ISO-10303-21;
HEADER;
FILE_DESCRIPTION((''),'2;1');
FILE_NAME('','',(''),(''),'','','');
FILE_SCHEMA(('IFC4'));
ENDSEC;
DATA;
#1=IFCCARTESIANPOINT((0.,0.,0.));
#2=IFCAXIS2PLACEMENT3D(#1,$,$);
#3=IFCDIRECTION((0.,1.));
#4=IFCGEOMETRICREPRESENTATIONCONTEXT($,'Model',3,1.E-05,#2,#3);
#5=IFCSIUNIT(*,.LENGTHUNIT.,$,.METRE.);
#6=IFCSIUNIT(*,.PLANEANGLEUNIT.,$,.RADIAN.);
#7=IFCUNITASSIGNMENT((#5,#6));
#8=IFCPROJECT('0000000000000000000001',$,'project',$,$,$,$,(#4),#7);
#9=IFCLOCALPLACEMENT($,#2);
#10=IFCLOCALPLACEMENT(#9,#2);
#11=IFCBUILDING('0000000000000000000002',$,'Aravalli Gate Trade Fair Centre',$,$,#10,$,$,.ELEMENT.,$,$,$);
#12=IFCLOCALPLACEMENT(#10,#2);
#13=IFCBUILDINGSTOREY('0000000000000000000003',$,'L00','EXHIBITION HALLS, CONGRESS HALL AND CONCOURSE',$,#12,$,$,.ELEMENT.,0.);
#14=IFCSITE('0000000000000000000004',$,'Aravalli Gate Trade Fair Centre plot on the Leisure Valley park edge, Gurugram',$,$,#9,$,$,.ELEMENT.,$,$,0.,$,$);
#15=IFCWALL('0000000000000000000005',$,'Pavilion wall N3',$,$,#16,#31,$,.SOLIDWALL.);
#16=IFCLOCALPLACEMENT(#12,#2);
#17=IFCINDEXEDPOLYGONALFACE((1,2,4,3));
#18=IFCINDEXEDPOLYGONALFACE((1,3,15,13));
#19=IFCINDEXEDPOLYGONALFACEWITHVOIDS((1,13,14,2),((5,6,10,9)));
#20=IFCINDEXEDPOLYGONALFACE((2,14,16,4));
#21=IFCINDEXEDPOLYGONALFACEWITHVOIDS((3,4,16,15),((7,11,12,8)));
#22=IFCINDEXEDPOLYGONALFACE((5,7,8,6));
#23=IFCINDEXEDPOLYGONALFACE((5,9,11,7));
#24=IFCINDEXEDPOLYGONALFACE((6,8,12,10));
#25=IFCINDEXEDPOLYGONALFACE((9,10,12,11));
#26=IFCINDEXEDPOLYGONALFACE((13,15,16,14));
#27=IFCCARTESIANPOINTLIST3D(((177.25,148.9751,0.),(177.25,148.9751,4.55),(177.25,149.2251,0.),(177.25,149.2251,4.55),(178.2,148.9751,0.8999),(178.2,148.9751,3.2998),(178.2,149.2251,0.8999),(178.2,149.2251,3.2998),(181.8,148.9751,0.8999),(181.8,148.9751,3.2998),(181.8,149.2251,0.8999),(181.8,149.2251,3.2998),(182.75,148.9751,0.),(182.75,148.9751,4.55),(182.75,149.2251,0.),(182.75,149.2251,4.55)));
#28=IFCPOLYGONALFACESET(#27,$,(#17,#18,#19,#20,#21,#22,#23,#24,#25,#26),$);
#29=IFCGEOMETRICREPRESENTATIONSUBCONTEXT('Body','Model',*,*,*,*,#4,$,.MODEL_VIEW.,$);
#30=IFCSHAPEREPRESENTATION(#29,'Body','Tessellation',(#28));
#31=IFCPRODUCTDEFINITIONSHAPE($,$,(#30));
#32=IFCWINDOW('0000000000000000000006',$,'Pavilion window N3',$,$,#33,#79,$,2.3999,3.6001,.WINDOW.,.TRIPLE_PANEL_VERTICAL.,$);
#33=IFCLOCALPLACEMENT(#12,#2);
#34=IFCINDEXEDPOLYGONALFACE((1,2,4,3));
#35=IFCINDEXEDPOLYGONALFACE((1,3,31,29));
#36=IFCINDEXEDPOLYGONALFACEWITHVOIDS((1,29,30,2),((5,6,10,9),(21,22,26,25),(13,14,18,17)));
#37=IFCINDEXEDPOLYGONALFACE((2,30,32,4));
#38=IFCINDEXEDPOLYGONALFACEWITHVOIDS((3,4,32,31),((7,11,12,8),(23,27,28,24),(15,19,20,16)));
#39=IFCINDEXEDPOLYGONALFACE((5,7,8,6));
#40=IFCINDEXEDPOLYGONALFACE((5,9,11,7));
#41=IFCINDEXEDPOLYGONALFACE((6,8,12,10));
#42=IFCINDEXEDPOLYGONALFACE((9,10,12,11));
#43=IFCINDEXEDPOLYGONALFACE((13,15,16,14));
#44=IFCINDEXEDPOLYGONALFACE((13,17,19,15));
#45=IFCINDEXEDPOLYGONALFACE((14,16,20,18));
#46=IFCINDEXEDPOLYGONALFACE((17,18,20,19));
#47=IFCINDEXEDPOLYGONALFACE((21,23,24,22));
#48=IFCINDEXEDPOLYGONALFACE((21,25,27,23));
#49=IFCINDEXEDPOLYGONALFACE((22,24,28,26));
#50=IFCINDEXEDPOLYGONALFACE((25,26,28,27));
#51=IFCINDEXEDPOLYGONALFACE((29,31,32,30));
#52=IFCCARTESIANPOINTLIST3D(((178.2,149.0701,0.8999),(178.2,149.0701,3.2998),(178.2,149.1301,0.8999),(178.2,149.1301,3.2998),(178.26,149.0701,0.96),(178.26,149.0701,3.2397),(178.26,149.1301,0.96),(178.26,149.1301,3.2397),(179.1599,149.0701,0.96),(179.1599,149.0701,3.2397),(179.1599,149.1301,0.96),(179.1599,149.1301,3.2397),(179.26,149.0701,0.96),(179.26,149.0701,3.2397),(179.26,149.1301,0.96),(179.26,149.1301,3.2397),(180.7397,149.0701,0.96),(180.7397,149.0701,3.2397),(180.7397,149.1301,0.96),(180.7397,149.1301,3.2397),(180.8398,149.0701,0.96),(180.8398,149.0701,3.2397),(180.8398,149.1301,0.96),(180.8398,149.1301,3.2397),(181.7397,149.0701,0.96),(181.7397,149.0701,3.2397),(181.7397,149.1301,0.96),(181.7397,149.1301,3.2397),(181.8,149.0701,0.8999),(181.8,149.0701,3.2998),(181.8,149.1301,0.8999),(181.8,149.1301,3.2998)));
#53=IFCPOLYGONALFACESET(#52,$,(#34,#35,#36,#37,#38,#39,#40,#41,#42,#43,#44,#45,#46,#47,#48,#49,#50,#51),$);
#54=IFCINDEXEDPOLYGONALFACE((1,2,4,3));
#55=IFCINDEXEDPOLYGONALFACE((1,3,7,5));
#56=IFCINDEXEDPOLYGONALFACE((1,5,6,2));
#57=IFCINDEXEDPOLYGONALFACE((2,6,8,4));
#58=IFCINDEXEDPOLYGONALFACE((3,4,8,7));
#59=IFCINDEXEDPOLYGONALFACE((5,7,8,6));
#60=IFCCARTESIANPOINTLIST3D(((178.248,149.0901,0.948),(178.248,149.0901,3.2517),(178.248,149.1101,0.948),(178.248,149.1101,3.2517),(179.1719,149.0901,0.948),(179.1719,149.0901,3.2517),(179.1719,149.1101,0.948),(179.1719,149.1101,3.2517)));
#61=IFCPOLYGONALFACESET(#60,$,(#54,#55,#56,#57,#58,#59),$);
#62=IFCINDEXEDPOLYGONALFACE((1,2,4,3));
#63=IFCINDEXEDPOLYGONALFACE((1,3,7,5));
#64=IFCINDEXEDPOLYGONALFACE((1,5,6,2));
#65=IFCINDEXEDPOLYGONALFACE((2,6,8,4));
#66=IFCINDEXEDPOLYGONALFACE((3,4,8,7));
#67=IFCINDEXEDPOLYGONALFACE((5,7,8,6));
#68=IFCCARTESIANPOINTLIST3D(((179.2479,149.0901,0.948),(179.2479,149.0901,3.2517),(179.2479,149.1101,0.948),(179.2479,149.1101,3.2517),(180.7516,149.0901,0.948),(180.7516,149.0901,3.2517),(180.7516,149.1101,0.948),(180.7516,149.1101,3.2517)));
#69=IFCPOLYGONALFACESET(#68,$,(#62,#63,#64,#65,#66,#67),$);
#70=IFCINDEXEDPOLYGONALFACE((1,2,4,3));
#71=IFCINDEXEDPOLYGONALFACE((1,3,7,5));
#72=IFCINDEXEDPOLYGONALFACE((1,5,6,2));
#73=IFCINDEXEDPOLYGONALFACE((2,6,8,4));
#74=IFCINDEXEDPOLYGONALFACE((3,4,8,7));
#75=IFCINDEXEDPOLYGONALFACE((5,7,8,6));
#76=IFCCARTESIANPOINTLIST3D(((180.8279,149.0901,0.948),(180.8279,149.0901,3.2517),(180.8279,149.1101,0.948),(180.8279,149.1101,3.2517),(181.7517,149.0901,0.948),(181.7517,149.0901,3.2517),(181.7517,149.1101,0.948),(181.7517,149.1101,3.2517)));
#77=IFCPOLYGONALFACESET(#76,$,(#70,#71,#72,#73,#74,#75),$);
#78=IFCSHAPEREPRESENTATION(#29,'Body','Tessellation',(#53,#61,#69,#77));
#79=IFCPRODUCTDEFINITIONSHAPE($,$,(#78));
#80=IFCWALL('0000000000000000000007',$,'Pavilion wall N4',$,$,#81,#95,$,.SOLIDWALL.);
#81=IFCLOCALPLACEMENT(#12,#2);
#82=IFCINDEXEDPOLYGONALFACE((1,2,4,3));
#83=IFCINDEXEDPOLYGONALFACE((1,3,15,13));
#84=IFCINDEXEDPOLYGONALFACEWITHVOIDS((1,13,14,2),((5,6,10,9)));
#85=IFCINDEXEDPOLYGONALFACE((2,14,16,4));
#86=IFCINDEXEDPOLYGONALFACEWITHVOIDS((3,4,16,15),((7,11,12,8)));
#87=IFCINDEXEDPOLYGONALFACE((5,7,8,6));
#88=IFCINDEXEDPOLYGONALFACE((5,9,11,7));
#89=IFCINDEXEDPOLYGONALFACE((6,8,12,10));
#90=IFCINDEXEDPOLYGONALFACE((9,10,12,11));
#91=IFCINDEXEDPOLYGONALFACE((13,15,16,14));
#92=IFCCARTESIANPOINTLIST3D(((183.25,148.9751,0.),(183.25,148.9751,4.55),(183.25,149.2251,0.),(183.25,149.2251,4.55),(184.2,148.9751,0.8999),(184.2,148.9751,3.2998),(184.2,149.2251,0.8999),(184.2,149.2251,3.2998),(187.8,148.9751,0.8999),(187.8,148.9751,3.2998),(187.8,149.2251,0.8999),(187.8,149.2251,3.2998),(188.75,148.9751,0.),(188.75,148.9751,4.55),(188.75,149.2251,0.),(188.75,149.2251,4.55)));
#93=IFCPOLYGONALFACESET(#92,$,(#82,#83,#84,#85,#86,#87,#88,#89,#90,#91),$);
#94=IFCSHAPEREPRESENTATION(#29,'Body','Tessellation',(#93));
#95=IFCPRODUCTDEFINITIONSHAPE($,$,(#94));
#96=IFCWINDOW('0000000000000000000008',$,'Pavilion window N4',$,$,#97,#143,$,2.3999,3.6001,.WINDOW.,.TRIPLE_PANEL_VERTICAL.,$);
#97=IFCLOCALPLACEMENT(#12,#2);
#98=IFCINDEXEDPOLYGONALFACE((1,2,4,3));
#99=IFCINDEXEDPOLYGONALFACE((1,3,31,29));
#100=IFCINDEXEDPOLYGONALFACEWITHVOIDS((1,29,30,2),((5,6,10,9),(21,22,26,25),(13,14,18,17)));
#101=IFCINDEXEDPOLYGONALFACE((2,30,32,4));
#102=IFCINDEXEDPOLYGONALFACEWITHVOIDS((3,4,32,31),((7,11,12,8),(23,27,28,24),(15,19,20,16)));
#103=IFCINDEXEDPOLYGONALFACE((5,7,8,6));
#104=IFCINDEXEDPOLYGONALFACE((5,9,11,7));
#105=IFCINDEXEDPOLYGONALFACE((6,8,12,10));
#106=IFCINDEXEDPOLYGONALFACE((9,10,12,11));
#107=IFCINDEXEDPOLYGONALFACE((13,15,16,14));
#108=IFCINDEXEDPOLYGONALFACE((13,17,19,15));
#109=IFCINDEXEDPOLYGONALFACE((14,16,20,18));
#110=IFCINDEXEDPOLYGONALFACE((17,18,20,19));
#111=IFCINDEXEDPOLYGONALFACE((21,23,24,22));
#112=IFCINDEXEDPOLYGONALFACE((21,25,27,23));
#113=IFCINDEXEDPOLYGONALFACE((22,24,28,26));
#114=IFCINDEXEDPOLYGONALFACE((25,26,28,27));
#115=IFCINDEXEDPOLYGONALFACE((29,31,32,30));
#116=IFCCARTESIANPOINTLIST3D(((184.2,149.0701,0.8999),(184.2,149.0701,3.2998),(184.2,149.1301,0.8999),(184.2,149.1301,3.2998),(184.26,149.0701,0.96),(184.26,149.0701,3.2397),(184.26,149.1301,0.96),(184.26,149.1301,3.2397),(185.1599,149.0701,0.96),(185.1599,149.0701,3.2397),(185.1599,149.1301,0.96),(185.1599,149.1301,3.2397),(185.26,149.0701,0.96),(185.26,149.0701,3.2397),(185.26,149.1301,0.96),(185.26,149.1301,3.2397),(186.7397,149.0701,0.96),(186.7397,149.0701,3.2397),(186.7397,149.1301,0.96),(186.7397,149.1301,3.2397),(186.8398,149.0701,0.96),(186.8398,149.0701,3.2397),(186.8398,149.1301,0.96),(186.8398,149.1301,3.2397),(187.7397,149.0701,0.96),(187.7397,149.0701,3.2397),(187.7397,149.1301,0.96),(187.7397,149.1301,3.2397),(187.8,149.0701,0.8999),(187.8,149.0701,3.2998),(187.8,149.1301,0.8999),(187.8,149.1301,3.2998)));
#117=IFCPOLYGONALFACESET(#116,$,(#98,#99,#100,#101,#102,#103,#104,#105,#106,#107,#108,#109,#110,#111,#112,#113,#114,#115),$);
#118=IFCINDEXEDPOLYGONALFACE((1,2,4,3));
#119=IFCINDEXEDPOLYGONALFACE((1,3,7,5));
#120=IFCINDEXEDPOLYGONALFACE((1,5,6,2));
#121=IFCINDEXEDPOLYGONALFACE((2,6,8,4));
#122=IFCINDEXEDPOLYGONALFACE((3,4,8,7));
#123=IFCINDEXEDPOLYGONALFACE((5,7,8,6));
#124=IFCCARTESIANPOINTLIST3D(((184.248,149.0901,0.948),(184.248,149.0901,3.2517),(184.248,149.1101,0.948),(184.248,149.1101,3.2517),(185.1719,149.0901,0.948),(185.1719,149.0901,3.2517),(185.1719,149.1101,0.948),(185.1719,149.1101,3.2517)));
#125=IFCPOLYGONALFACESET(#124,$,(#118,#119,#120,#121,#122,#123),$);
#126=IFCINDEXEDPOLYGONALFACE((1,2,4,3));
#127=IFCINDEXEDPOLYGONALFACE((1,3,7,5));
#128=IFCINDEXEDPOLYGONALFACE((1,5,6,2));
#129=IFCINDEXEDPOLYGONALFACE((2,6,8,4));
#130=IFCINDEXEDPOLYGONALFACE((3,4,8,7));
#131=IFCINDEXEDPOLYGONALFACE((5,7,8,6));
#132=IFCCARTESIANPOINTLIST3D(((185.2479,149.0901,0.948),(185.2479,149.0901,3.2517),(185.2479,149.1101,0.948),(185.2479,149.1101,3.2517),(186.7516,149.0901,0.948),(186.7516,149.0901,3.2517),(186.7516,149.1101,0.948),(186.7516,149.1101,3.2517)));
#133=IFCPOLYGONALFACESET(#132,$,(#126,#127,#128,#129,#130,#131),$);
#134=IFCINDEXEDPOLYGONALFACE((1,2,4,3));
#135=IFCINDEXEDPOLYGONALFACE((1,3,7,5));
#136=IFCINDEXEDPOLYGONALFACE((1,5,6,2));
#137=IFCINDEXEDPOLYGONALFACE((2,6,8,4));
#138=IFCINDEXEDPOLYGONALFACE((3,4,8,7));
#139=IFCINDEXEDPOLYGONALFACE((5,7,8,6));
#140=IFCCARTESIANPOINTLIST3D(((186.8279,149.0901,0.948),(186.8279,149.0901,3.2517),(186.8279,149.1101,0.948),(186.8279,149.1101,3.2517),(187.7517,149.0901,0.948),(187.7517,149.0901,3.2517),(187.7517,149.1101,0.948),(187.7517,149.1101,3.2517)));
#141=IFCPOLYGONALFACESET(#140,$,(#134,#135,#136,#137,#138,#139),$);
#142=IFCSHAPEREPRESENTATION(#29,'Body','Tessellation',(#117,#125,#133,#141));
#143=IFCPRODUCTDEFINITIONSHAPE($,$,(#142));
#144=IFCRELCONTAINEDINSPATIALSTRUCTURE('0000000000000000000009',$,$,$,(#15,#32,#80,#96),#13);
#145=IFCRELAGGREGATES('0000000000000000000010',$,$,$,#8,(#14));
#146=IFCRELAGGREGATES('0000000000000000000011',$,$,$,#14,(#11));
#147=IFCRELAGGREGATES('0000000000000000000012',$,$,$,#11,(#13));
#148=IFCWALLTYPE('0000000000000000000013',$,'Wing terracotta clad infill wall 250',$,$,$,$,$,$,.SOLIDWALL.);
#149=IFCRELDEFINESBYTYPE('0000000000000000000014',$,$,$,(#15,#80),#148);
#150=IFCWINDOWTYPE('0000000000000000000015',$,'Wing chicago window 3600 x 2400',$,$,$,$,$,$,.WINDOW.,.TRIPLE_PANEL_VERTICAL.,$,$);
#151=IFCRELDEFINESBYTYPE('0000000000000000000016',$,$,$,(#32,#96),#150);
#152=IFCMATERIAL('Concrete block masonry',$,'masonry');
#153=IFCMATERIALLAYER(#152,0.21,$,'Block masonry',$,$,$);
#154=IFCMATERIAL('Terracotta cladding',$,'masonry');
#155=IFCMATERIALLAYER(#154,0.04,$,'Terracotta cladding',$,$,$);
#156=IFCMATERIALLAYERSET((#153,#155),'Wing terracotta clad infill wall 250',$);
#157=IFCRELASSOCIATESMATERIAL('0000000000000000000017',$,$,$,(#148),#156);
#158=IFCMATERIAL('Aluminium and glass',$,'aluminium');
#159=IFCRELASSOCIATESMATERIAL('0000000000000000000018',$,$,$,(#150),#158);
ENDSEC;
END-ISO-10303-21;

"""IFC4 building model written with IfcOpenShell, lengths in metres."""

from ifc_helpers import new_model, si_unit, direction, frame, frame_2d, origin, place, context, subcontext, project, spatial, polyline, rectangle, outline, extrude, material, layer, layer_set, type_object, element, fill, save


model = new_model("IFC4")

# Units and contexts
model_context = context("Model", 3, precision=1e-05, world=origin(), true_north=direction((0.0, 1.0)))
body_context = subcontext(model_context, "Body", "Model", "MODEL_VIEW")
ifc_project = project(units=[si_unit("LENGTHUNIT", "METRE"), si_unit("PLANEANGLEUNIT", "RADIAN")], contexts=[model_context])

# Site, building, storey
site_placement = place(None, origin())
site = spatial("IfcSite", under=ifc_project, at=site_placement, Name="Aravalli Gate Trade Fair Centre plot on the Leisure Valley park edge, Gurugram", CompositionType="ELEMENT", RefElevation=0.0)
building_placement = place(site_placement, origin())
building = spatial("IfcBuilding", under=site, at=building_placement, Name="Aravalli Gate Trade Fair Centre", CompositionType="ELEMENT")
storey_placement = place(building_placement, origin())
storey = spatial("IfcBuildingStorey", under=building, at=storey_placement, Name="L00", Description="EXHIBITION HALLS, CONGRESS HALL AND CONCOURSE", CompositionType="ELEMENT", Elevation=0.0)

# Shared definitions
ifc_material_1 = material(Name="Aluminium and glass", Category="aluminium")

# Walls, openings, windows
ifc_material_2 = material(Name="Concrete block masonry", Category="masonry")
ifc_layer_1 = layer(ifc_material_2, 0.21, Name="Block masonry")
ifc_material_3 = material(Name="Terracotta cladding", Category="masonry")
ifc_layer_2 = layer(ifc_material_3, 0.04, Name="Terracotta cladding")
ifc_layer_set_1 = layer_set([ifc_layer_1, ifc_layer_2], Name="Wing terracotta clad infill wall 250")
wall_type = type_object("IfcWallType", Name="Wing terracotta clad infill wall 250", PredefinedType="SOLIDWALL", material=ifc_layer_set_1)
window_type = type_object("IfcWindowType", Name="Wing chicago window 3600 x 2400", PartitioningType="TRIPLE_PANEL_VERTICAL", PredefinedType="WINDOW", material=ifc_material_1)
wall_1_placement = place(storey_placement, frame((177.25, 149.1001, 0.0), z_axis=(0.0, 0.0, 1.0), x_axis=(1.0, 0.0, 0.0)))
wall_1 = element("IfcWall", 1, at=wall_1_placement, inside=storey, type_object=wall_type, Name="Pavilion wall N3", PredefinedType="SOLIDWALL", context=body_context, shape_type="SweptSolid", body=[
    extrude(rectangle(XDim=5.5, YDim=0.25, at=frame_2d((2.75, 0.0))), origin(), (0.0, 0.0, 1.0), 4.55),
])
opening_1_placement = place(wall_1_placement, frame((0.95, 0.0, 0.8999)))
opening_1 = element("IfcOpeningElement", 2, at=opening_1_placement, cuts=wall_1, PredefinedType="OPENING", context=body_context, shape_type="SweptSolid", body=[
    extrude(rectangle(XDim=3.6001, YDim=2.3999, at=frame_2d((1.8, 1.2))), frame((0.0, 0.135, 0.0), z_axis=(0.0, -1.0, 0.0), x_axis=(1.0, 0.0, 0.0)), (0.0, 0.0, 1.0), 0.27),
])
window_1_placement = place(opening_1_placement, origin())
window_1 = element("IfcWindow", 3, at=window_1_placement, inside=storey, type_object=window_type, Name="Pavilion window N3", OverallHeight=2.3999, OverallWidth=3.6001, PartitioningType="TRIPLE_PANEL_VERTICAL", PredefinedType="WINDOW", context=body_context, shape_type="SweptSolid", body=[
    extrude(outline(polyline([(0.0, 0.0), (3.6001, 0.0), (3.6001, 2.3999), (0.0, 2.3999), (0.0, 0.0)]), holes=[polyline([(0.0601, 0.0601), (0.96, 0.0601), (0.96, 2.3398), (0.0601, 2.3398), (0.0601, 0.0601)]), polyline([(1.0601, 0.0601), (2.5398, 0.0601), (2.5398, 2.3398), (1.0601, 2.3398), (1.0601, 0.0601)]), polyline([(2.6399, 0.0601), (3.5398, 0.0601), (3.5398, 2.3398), (2.6399, 2.3398), (2.6399, 0.0601)])]), frame((0.0, 0.03, 0.0), z_axis=(0.0, -1.0, 0.0), x_axis=(1.0, 0.0, 0.0)), (0.0, 0.0, 1.0), 0.0601),
    extrude(rectangle(XDim=0.9238, YDim=2.3037, at=frame_2d((0.51, 1.2))), frame((0.0, 0.01, 0.0), z_axis=(0.0, -1.0, 0.0), x_axis=(1.0, 0.0, 0.0)), (0.0, 0.0, 1.0), 0.02),
    extrude(rectangle(XDim=1.5037, YDim=2.3037, at=frame_2d((1.7998, 1.2))), frame((0.0, 0.01, 0.0), z_axis=(0.0, -1.0, 0.0), x_axis=(1.0, 0.0, 0.0)), (0.0, 0.0, 1.0), 0.02),
    extrude(rectangle(XDim=0.9238, YDim=2.3037, at=frame_2d((3.0898, 1.2))), frame((0.0, 0.01, 0.0), z_axis=(0.0, -1.0, 0.0), x_axis=(1.0, 0.0, 0.0)), (0.0, 0.0, 1.0), 0.02),
])
fill(opening_1, window_1)
wall_2_placement = place(storey_placement, frame((183.25, 149.1001, 0.0), z_axis=(0.0, 0.0, 1.0), x_axis=(1.0, 0.0, 0.0)))
wall_2 = element("IfcWall", 4, at=wall_2_placement, inside=storey, type_object=wall_type, Name="Pavilion wall N4", PredefinedType="SOLIDWALL", context=body_context, shape_type="SweptSolid", body=[
    extrude(rectangle(XDim=5.5, YDim=0.25, at=frame_2d((2.75, 0.0))), origin(), (0.0, 0.0, 1.0), 4.55),
])
opening_2_placement = place(wall_2_placement, frame((0.95, 0.0, 0.8999)))
opening_2 = element("IfcOpeningElement", 5, at=opening_2_placement, cuts=wall_2, PredefinedType="OPENING", context=body_context, shape_type="SweptSolid", body=[
    extrude(rectangle(XDim=3.6001, YDim=2.3999, at=frame_2d((1.8, 1.2))), frame((0.0, 0.135, 0.0), z_axis=(0.0, -1.0, 0.0), x_axis=(1.0, 0.0, 0.0)), (0.0, 0.0, 1.0), 0.27),
])
window_2_placement = place(opening_2_placement, origin())
window_2 = element("IfcWindow", 6, at=window_2_placement, inside=storey, type_object=window_type, Name="Pavilion window N4", OverallHeight=2.3999, OverallWidth=3.6001, PartitioningType="TRIPLE_PANEL_VERTICAL", PredefinedType="WINDOW", context=body_context, shape_type="SweptSolid", body=[
    extrude(outline(polyline([(0.0, 0.0), (3.6001, 0.0), (3.6001, 2.3999), (0.0, 2.3999), (0.0, 0.0)]), holes=[polyline([(0.0601, 0.0601), (0.96, 0.0601), (0.96, 2.3398), (0.0601, 2.3398), (0.0601, 0.0601)]), polyline([(1.0601, 0.0601), (2.5398, 0.0601), (2.5398, 2.3398), (1.0601, 2.3398), (1.0601, 0.0601)]), polyline([(2.6399, 0.0601), (3.5398, 0.0601), (3.5398, 2.3398), (2.6399, 2.3398), (2.6399, 0.0601)])]), frame((0.0, 0.03, 0.0), z_axis=(0.0, -1.0, 0.0), x_axis=(1.0, 0.0, 0.0)), (0.0, 0.0, 1.0), 0.0601),
    extrude(rectangle(XDim=0.9238, YDim=2.3037, at=frame_2d((0.51, 1.2))), frame((0.0, 0.01, 0.0), z_axis=(0.0, -1.0, 0.0), x_axis=(1.0, 0.0, 0.0)), (0.0, 0.0, 1.0), 0.02),
    extrude(rectangle(XDim=1.5037, YDim=2.3037, at=frame_2d((1.7998, 1.2))), frame((0.0, 0.01, 0.0), z_axis=(0.0, -1.0, 0.0), x_axis=(1.0, 0.0, 0.0)), (0.0, 0.0, 1.0), 0.02),
    extrude(rectangle(XDim=0.9238, YDim=2.3037, at=frame_2d((3.0898, 1.2))), frame((0.0, 0.01, 0.0), z_axis=(0.0, -1.0, 0.0), x_axis=(1.0, 0.0, 0.0)), (0.0, 0.0, 1.0), 0.02),
])
fill(opening_2, window_2)

save(model, "model.ifc")
